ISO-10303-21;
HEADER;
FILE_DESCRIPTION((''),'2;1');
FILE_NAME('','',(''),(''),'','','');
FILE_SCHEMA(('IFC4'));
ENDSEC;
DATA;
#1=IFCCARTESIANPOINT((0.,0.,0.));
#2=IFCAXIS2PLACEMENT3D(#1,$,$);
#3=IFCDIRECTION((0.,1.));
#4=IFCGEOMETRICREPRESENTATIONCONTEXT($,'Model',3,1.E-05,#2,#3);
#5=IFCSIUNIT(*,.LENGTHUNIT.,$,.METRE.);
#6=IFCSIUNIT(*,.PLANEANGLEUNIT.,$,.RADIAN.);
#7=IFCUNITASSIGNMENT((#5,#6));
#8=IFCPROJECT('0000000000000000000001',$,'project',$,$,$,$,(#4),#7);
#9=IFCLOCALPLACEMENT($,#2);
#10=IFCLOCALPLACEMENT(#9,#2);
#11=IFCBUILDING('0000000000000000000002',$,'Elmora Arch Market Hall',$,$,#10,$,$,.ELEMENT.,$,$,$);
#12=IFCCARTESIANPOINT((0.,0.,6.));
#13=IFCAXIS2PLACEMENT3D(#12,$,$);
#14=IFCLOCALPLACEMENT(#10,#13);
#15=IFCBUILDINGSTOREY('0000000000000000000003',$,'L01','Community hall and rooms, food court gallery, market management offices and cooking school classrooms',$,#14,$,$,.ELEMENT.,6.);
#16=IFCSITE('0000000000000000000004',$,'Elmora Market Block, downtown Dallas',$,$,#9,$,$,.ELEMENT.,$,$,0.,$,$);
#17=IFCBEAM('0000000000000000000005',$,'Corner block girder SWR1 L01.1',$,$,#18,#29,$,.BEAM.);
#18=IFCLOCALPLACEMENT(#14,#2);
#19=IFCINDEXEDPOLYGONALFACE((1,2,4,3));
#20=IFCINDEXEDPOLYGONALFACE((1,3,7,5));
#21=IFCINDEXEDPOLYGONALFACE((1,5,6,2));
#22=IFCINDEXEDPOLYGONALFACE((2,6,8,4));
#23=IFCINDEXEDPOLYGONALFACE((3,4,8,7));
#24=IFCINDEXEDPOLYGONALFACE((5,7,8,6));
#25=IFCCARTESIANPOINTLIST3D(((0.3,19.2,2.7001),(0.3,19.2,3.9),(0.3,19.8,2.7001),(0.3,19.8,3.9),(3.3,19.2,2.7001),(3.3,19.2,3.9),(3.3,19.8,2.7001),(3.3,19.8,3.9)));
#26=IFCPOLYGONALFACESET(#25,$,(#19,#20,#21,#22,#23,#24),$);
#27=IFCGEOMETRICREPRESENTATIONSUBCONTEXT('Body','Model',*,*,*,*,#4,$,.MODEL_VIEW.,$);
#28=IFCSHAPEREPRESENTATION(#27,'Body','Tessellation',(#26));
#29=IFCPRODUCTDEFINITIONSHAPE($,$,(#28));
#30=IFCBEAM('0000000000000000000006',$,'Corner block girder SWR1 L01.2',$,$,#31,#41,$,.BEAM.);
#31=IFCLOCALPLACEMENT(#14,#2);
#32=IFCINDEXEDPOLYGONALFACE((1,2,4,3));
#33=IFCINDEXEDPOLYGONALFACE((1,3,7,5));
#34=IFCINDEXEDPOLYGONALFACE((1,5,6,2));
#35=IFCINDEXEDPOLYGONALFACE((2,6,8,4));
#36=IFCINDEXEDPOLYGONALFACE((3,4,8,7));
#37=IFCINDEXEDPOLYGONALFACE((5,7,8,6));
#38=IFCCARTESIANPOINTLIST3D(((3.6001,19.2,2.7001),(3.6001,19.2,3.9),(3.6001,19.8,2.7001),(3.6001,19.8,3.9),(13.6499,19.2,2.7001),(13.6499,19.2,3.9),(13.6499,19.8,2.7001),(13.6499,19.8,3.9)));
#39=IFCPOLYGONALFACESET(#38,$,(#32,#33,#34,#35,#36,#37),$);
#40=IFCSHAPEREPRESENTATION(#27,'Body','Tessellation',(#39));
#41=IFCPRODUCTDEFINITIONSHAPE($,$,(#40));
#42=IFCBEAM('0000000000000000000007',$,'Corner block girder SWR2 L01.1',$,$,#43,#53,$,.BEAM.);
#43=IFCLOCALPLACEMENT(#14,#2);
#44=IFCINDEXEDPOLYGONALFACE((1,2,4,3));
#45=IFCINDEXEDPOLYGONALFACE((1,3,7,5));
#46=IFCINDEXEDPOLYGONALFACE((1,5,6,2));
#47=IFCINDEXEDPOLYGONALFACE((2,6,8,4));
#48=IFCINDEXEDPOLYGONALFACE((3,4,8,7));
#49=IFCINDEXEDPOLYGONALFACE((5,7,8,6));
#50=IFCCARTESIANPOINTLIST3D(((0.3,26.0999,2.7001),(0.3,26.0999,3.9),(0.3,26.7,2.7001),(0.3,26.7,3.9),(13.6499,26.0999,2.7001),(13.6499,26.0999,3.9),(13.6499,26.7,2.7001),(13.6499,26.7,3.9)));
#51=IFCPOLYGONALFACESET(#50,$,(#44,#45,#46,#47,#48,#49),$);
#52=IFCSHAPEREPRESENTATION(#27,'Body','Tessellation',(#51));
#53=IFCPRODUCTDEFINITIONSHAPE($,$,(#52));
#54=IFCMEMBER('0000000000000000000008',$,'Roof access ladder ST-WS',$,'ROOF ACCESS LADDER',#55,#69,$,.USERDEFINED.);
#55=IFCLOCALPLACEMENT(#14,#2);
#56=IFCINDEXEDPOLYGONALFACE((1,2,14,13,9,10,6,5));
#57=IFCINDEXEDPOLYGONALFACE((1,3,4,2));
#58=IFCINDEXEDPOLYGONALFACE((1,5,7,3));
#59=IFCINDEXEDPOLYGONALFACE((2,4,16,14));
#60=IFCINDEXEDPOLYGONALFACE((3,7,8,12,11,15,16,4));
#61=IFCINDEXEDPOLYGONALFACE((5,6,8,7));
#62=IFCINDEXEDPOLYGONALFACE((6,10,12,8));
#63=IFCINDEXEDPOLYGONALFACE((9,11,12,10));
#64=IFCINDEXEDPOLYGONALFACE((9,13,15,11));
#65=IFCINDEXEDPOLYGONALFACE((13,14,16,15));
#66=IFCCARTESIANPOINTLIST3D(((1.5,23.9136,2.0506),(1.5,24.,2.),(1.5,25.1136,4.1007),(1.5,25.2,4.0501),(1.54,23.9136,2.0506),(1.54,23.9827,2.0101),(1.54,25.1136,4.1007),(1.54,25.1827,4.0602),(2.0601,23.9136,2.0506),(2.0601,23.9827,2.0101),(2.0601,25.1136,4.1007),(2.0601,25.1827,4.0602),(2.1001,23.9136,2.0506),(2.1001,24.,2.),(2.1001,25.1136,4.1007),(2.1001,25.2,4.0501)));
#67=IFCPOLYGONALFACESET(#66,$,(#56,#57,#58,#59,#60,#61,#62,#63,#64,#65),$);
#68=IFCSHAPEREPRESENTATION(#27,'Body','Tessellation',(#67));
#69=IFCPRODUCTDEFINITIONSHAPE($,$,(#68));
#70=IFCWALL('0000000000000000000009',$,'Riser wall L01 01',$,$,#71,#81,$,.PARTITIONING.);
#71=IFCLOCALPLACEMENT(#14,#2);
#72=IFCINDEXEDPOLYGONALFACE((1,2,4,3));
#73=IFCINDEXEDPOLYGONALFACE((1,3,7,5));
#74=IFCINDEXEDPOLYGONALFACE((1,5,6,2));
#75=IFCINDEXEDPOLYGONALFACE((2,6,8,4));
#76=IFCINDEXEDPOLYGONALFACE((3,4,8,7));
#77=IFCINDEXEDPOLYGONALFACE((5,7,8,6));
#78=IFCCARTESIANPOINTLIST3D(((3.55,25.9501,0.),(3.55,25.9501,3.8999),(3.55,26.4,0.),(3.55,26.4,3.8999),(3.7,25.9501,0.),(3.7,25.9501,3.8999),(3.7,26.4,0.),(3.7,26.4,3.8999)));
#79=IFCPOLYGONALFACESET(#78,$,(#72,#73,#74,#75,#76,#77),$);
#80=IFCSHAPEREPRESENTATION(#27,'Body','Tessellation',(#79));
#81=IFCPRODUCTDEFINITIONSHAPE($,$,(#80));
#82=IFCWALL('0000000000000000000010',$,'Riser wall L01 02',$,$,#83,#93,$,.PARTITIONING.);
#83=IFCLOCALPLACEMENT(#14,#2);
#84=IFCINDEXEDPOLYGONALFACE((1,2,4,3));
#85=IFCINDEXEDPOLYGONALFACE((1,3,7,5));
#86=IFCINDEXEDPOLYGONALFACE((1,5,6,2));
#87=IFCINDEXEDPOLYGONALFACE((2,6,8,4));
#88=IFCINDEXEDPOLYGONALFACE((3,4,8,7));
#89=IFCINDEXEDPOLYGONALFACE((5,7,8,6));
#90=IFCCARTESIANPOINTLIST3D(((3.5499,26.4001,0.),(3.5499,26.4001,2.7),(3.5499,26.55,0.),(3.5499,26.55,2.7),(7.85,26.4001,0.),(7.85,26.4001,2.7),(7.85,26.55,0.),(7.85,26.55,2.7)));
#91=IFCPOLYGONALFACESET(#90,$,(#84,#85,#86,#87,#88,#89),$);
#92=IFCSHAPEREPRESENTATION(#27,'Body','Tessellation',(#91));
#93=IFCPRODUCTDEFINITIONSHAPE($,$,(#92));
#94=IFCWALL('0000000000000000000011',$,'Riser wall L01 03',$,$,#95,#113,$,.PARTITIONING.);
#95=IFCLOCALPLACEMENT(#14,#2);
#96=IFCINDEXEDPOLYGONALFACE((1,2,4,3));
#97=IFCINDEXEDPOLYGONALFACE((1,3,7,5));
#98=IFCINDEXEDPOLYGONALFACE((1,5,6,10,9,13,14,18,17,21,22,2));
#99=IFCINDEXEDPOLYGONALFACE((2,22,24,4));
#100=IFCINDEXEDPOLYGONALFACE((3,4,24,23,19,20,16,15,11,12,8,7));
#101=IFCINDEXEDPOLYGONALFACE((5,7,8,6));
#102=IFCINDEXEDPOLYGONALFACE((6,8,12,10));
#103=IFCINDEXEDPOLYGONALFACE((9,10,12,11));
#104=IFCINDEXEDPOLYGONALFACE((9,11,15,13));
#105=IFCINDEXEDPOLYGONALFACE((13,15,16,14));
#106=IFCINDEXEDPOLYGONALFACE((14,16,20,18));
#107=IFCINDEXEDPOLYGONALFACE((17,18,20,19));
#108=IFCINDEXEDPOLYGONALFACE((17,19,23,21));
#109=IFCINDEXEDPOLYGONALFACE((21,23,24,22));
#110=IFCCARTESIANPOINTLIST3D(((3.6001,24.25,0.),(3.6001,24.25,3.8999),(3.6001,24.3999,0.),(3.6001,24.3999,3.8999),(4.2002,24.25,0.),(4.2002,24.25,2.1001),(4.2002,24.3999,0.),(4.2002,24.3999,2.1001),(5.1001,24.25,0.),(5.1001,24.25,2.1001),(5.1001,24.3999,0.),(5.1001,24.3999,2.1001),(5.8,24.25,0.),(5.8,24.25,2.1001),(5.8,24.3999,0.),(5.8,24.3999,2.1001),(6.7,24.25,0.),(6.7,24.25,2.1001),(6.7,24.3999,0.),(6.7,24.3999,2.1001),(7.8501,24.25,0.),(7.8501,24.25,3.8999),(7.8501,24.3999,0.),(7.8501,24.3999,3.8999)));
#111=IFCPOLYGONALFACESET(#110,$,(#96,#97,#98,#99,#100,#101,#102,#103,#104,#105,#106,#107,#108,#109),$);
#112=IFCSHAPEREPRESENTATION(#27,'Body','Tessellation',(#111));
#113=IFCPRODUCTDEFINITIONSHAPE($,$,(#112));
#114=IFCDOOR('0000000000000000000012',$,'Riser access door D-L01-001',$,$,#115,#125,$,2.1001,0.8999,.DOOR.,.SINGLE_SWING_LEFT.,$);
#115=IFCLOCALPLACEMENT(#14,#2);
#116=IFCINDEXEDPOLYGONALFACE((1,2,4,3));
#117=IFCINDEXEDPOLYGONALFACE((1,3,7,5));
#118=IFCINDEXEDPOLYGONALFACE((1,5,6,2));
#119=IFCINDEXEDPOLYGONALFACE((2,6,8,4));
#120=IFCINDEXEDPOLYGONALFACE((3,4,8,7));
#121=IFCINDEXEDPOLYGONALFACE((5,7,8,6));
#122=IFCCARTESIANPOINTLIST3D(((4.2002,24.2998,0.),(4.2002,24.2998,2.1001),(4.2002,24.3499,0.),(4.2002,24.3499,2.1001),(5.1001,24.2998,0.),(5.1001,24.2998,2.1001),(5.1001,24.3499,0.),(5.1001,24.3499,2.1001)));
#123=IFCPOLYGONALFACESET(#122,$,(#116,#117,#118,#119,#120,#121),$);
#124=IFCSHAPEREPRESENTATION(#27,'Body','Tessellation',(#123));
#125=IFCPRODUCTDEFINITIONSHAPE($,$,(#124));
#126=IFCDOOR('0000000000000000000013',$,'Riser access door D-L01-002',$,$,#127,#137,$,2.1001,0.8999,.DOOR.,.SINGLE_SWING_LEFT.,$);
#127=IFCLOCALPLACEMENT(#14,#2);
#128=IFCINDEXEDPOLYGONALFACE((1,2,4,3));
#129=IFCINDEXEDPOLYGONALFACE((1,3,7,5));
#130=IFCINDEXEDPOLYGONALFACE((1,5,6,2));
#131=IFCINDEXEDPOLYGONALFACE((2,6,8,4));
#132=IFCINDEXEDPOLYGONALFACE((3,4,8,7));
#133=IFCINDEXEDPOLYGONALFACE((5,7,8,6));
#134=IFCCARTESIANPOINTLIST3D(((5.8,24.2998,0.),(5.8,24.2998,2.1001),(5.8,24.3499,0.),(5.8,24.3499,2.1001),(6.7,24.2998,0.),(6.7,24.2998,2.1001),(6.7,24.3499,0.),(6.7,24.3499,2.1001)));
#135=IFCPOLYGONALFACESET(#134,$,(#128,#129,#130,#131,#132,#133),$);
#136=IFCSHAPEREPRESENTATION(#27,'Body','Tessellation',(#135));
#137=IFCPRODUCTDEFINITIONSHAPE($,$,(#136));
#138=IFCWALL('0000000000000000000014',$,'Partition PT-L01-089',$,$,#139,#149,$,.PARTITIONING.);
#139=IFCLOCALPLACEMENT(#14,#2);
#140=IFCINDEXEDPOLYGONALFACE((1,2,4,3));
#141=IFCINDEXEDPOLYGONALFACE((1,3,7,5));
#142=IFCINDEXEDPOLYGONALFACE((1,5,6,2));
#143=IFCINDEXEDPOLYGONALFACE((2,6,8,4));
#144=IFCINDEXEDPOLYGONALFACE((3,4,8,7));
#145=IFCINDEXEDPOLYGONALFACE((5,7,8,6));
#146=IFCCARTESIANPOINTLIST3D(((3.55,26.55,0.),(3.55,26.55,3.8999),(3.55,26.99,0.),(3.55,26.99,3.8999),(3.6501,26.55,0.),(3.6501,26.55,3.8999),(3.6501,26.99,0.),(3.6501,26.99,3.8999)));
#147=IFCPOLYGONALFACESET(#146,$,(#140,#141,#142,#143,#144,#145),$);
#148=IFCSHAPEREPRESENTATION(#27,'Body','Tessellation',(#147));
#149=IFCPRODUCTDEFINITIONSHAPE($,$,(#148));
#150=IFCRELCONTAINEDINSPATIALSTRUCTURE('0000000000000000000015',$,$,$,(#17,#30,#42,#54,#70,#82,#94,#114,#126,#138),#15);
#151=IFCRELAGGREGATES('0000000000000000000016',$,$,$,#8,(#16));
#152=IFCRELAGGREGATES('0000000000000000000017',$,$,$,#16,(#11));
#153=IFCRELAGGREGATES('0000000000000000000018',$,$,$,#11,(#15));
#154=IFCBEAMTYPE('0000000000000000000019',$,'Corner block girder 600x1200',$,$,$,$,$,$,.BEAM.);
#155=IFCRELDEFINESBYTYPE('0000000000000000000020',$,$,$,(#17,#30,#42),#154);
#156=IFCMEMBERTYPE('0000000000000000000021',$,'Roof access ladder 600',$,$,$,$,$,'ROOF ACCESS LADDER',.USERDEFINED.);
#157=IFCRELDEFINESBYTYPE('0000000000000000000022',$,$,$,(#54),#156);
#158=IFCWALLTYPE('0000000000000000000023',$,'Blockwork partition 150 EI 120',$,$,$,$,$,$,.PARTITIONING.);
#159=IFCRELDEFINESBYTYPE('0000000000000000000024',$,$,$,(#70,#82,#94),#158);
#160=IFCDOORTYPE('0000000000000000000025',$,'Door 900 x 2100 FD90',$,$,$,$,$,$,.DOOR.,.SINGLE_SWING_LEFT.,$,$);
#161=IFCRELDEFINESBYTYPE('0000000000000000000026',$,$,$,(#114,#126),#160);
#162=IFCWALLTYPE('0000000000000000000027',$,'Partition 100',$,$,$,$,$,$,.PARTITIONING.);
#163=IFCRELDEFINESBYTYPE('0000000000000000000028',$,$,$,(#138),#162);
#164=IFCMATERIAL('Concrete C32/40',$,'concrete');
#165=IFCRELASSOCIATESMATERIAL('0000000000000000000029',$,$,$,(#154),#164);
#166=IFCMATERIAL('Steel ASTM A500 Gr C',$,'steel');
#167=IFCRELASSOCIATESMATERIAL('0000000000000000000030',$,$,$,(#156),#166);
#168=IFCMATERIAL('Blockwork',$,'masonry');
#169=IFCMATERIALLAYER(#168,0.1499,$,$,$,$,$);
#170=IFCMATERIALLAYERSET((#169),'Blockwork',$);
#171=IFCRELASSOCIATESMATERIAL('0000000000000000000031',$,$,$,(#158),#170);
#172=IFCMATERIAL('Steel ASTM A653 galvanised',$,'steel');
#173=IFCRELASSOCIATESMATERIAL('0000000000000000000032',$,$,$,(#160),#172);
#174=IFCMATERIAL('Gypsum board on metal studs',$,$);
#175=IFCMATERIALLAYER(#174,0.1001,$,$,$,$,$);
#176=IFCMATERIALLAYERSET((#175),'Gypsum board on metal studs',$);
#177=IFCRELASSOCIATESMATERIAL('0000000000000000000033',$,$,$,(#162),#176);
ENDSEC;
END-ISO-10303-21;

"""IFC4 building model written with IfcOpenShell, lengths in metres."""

from ifc_helpers import new_model, si_unit, direction, frame, frame_2d, origin, origin_2d, place, context, subcontext, project, spatial, polyline, rectangle, outline, extrude, material, layer, layer_set, material_profile, profile_set, type_object, element, fill, save


model = new_model("IFC4")

# Units and contexts
model_context = context("Model", 3, precision=1e-05, world=origin(), true_north=direction((0.0, 1.0)))
body_context = subcontext(model_context, "Body", "Model", "MODEL_VIEW")
ifc_project = project(units=[si_unit("LENGTHUNIT", "METRE"), si_unit("PLANEANGLEUNIT", "RADIAN")], contexts=[model_context])

# Site, building, storey
site_placement = place(None, origin())
site = spatial("IfcSite", under=ifc_project, at=site_placement, Name="Elmora Market Block, downtown Dallas", CompositionType="ELEMENT", RefElevation=0.0)
building_placement = place(site_placement, origin())
building = spatial("IfcBuilding", under=site, at=building_placement, Name="Elmora Arch Market Hall", CompositionType="ELEMENT")
storey_placement = place(building_placement, frame((0.0, 0.0, 6.0)))
storey = spatial("IfcBuildingStorey", under=building, at=storey_placement, Name="L01", Description="Community hall and rooms, food court gallery, market management offices and cooking school classrooms", CompositionType="ELEMENT", Elevation=6.0)

# Beams
ifc_material_1 = material(Name="Concrete C32/40", Category="concrete")
ifc_material_profile_1 = material_profile(ifc_material_1, rectangle(XDim=0.6001, YDim=1.2, at=origin_2d()), Name="Corner block girder 600x1200")
ifc_profile_set_1 = profile_set([ifc_material_profile_1], Name="Concrete C32/40")
beam_type = type_object("IfcBeamType", Name="Corner block girder 600x1200", PredefinedType="BEAM", material=ifc_profile_set_1)
beam_1_placement = place(storey_placement, frame((0.3, 19.5, 3.3), z_axis=(1.0, 0.0, 0.0), x_axis=(0.0, 1.0, 0.0)))
element("IfcBeam", 1, at=beam_1_placement, inside=storey, type_object=beam_type, Name="Corner block girder SWR1 L01.1", PredefinedType="BEAM", context=body_context, shape_type="SweptSolid", body=[
    extrude(rectangle(XDim=0.6001, YDim=1.2, at=origin_2d()), origin(), (0.0, 0.0, 1.0), 3.0),
])
beam_2_placement = place(storey_placement, frame((3.6001, 19.5, 3.3), z_axis=(1.0, 0.0, 0.0), x_axis=(0.0, 1.0, 0.0)))
element("IfcBeam", 2, at=beam_2_placement, inside=storey, type_object=beam_type, Name="Corner block girder SWR1 L01.2", PredefinedType="BEAM", context=body_context, shape_type="SweptSolid", body=[
    extrude(rectangle(XDim=0.6001, YDim=1.2, at=origin_2d()), origin(), (0.0, 0.0, 1.0), 10.0498),
])
beam_3_placement = place(storey_placement, frame((0.3, 26.3999, 3.3), z_axis=(1.0, 0.0, 0.0), x_axis=(0.0, 1.0, 0.0)))
element("IfcBeam", 3, at=beam_3_placement, inside=storey, type_object=beam_type, Name="Corner block girder SWR2 L01.1", PredefinedType="BEAM", context=body_context, shape_type="SweptSolid", body=[
    extrude(rectangle(XDim=0.6001, YDim=1.2, at=origin_2d()), origin(), (0.0, 0.0, 1.0), 13.3499),
])

# Member
ifc_material_2 = material(Name="Steel ASTM A500 Gr C", Category="steel")
ifc_material_profile_2 = material_profile(ifc_material_2, outline(polyline([(-0.3, 0.0), (0.3, 0.0), (0.3, 0.1001), (0.26, 0.1001), (0.26, 0.02), (-0.26, 0.02), (-0.26, 0.1001), (-0.3, 0.1001), (-0.3, 0.0)])), Name="Ladder channel 600 x 100")
ifc_profile_set_2 = profile_set([ifc_material_profile_2], Name="Steel ASTM A500 Gr C")
member_type = type_object("IfcMemberType", Name="Roof access ladder 600", ElementType="ROOF ACCESS LADDER", PredefinedType="USERDEFINED", material=ifc_profile_set_2)
member_placement = place(storey_placement, frame((1.8, 24.0, 2.0), z_axis=(0.0, 0.505155, 0.863029), x_axis=(-1.0, 0.0, 0.0)))
element("IfcMember", 4, at=member_placement, inside=storey, type_object=member_type, Name="Roof access ladder ST-WS", ObjectType="ROOF ACCESS LADDER", PredefinedType="USERDEFINED", context=body_context, shape_type="SweptSolid", body=[
    extrude(outline(polyline([(-0.3, 0.0), (0.3, 0.0), (0.3, 0.1001), (0.26, 0.1001), (0.26, 0.02), (-0.26, 0.02), (-0.26, 0.1001), (-0.3, 0.1001), (-0.3, 0.0)])), origin(), (0.0, 0.0, 1.0), 2.3755),
])

# Walls
ifc_material_3 = material(Name="Blockwork", Category="masonry")
ifc_layer_1 = layer(ifc_material_3, 0.1499)
ifc_layer_set_1 = layer_set([ifc_layer_1], Name="Blockwork")
wall_type_1 = type_object("IfcWallType", Name="Blockwork partition 150 EI 120", PredefinedType="PARTITIONING", material=ifc_layer_set_1)
wall_1_placement = place(storey_placement, frame((3.625, 25.95, 0.0), z_axis=(0.0, 0.0, 1.0), x_axis=(0.0, 1.0, 0.0)))
element("IfcWall", 5, at=wall_1_placement, inside=storey, type_object=wall_type_1, Name="Riser wall L01 01", PredefinedType="PARTITIONING", context=body_context, shape_type="SweptSolid", body=[
    extrude(rectangle(XDim=0.45, YDim=0.1499, at=frame_2d((0.2251, 0.0))), origin(), (0.0, 0.0, 1.0), 3.8999),
])
wall_2_placement = place(storey_placement, frame((3.55, 26.4751, 0.0), z_axis=(0.0, 0.0, 1.0), x_axis=(1.0, 0.0, 0.0)))
element("IfcWall", 6, at=wall_2_placement, inside=storey, type_object=wall_type_1, Name="Riser wall L01 02", PredefinedType="PARTITIONING", context=body_context, shape_type="SweptSolid", body=[
    extrude(rectangle(XDim=4.3, YDim=0.1499, at=frame_2d((2.1499, 0.0))), origin(), (0.0, 0.0, 1.0), 2.7),
])

# Wall, openings, doors
wall_3_placement = place(storey_placement, frame((3.6001, 24.325, 0.0), z_axis=(0.0, 0.0, 1.0), x_axis=(1.0, 0.0, 0.0)))
wall_3 = element("IfcWall", 7, at=wall_3_placement, inside=storey, type_object=wall_type_1, Name="Riser wall L01 03", PredefinedType="PARTITIONING", context=body_context, shape_type="SweptSolid", body=[
    extrude(rectangle(XDim=4.25, YDim=0.1499, at=frame_2d((2.125, 0.0))), origin(), (0.0, 0.0, 1.0), 3.8999),
])
opening_1_placement = place(wall_3_placement, frame((0.6001, 0.0, 0.0)))
opening_1 = element("IfcOpeningElement", 8, at=opening_1_placement, cuts=wall_3, PredefinedType="OPENING", context=body_context, shape_type="SweptSolid", body=[
    extrude(rectangle(XDim=0.8999, YDim=2.1001, at=frame_2d((0.45, 1.05))), frame((0.0, 0.085, 0.0), z_axis=(0.0, -1.0, 0.0), x_axis=(1.0, 0.0, 0.0)), (0.0, 0.0, 1.0), 0.1699),
])
opening_2_placement = place(wall_3_placement, frame((2.2, 0.0, 0.0)))
opening_2 = element("IfcOpeningElement", 9, at=opening_2_placement, cuts=wall_3, PredefinedType="OPENING", context=body_context, shape_type="SweptSolid", body=[
    extrude(rectangle(XDim=0.8999, YDim=2.1001, at=frame_2d((0.45, 1.05))), frame((0.0, 0.085, 0.0), z_axis=(0.0, -1.0, 0.0), x_axis=(1.0, 0.0, 0.0)), (0.0, 0.0, 1.0), 0.1699),
])
ifc_material_4 = material(Name="Steel ASTM A653 galvanised", Category="steel")
door_type_1 = type_object("IfcDoorType", Name="Door 900 x 2100 FD90", OperationType="SINGLE_SWING_LEFT", PredefinedType="DOOR", material=ifc_material_4)
door_1_placement = place(opening_1_placement, origin())
door_1 = element("IfcDoor", 10, at=door_1_placement, inside=storey, type_object=door_type_1, Name="Riser access door D-L01-001", OperationType="SINGLE_SWING_LEFT", OverallHeight=2.1001, OverallWidth=0.8999, PredefinedType="DOOR", context=body_context, shape_type="SweptSolid", body=[
    extrude(rectangle(XDim=0.8999, YDim=2.1001, at=frame_2d((0.45, 1.05))), frame((0.0, 0.0249, 0.0), z_axis=(0.0, -1.0, 0.0), x_axis=(1.0, 0.0, 0.0)), (0.0, 0.0, 1.0), 0.05),
])
fill(opening_1, door_1)
door_2_placement = place(opening_2_placement, origin())
door_2 = element("IfcDoor", 11, at=door_2_placement, inside=storey, type_object=door_type_1, Name="Riser access door D-L01-002", OperationType="SINGLE_SWING_LEFT", OverallHeight=2.1001, OverallWidth=0.8999, PredefinedType="DOOR", context=body_context, shape_type="SweptSolid", body=[
    extrude(rectangle(XDim=0.8999, YDim=2.1001, at=frame_2d((0.45, 1.05))), frame((0.0, 0.0249, 0.0), z_axis=(0.0, -1.0, 0.0), x_axis=(1.0, 0.0, 0.0)), (0.0, 0.0, 1.0), 0.05),
])
fill(opening_2, door_2)

# Wall
ifc_material_5 = material(Name="Gypsum board on metal studs")
ifc_layer_2 = layer(ifc_material_5, 0.1001)
ifc_layer_set_2 = layer_set([ifc_layer_2], Name="Gypsum board on metal studs")
wall_type_2 = type_object("IfcWallType", Name="Partition 100", PredefinedType="PARTITIONING", material=ifc_layer_set_2)
wall_4_placement = place(storey_placement, frame((3.6001, 26.55, 0.0), z_axis=(0.0, 0.0, 1.0), x_axis=(0.0, 1.0, 0.0)))
element("IfcWall", 12, at=wall_4_placement, inside=storey, type_object=wall_type_2, Name="Partition PT-L01-089", PredefinedType="PARTITIONING", context=body_context, shape_type="SweptSolid", body=[
    extrude(rectangle(XDim=0.4399, YDim=0.1001, at=frame_2d((0.22, 0.0))), origin(), (0.0, 0.0, 1.0), 3.8999),
])

save(model, "model.ifc")
